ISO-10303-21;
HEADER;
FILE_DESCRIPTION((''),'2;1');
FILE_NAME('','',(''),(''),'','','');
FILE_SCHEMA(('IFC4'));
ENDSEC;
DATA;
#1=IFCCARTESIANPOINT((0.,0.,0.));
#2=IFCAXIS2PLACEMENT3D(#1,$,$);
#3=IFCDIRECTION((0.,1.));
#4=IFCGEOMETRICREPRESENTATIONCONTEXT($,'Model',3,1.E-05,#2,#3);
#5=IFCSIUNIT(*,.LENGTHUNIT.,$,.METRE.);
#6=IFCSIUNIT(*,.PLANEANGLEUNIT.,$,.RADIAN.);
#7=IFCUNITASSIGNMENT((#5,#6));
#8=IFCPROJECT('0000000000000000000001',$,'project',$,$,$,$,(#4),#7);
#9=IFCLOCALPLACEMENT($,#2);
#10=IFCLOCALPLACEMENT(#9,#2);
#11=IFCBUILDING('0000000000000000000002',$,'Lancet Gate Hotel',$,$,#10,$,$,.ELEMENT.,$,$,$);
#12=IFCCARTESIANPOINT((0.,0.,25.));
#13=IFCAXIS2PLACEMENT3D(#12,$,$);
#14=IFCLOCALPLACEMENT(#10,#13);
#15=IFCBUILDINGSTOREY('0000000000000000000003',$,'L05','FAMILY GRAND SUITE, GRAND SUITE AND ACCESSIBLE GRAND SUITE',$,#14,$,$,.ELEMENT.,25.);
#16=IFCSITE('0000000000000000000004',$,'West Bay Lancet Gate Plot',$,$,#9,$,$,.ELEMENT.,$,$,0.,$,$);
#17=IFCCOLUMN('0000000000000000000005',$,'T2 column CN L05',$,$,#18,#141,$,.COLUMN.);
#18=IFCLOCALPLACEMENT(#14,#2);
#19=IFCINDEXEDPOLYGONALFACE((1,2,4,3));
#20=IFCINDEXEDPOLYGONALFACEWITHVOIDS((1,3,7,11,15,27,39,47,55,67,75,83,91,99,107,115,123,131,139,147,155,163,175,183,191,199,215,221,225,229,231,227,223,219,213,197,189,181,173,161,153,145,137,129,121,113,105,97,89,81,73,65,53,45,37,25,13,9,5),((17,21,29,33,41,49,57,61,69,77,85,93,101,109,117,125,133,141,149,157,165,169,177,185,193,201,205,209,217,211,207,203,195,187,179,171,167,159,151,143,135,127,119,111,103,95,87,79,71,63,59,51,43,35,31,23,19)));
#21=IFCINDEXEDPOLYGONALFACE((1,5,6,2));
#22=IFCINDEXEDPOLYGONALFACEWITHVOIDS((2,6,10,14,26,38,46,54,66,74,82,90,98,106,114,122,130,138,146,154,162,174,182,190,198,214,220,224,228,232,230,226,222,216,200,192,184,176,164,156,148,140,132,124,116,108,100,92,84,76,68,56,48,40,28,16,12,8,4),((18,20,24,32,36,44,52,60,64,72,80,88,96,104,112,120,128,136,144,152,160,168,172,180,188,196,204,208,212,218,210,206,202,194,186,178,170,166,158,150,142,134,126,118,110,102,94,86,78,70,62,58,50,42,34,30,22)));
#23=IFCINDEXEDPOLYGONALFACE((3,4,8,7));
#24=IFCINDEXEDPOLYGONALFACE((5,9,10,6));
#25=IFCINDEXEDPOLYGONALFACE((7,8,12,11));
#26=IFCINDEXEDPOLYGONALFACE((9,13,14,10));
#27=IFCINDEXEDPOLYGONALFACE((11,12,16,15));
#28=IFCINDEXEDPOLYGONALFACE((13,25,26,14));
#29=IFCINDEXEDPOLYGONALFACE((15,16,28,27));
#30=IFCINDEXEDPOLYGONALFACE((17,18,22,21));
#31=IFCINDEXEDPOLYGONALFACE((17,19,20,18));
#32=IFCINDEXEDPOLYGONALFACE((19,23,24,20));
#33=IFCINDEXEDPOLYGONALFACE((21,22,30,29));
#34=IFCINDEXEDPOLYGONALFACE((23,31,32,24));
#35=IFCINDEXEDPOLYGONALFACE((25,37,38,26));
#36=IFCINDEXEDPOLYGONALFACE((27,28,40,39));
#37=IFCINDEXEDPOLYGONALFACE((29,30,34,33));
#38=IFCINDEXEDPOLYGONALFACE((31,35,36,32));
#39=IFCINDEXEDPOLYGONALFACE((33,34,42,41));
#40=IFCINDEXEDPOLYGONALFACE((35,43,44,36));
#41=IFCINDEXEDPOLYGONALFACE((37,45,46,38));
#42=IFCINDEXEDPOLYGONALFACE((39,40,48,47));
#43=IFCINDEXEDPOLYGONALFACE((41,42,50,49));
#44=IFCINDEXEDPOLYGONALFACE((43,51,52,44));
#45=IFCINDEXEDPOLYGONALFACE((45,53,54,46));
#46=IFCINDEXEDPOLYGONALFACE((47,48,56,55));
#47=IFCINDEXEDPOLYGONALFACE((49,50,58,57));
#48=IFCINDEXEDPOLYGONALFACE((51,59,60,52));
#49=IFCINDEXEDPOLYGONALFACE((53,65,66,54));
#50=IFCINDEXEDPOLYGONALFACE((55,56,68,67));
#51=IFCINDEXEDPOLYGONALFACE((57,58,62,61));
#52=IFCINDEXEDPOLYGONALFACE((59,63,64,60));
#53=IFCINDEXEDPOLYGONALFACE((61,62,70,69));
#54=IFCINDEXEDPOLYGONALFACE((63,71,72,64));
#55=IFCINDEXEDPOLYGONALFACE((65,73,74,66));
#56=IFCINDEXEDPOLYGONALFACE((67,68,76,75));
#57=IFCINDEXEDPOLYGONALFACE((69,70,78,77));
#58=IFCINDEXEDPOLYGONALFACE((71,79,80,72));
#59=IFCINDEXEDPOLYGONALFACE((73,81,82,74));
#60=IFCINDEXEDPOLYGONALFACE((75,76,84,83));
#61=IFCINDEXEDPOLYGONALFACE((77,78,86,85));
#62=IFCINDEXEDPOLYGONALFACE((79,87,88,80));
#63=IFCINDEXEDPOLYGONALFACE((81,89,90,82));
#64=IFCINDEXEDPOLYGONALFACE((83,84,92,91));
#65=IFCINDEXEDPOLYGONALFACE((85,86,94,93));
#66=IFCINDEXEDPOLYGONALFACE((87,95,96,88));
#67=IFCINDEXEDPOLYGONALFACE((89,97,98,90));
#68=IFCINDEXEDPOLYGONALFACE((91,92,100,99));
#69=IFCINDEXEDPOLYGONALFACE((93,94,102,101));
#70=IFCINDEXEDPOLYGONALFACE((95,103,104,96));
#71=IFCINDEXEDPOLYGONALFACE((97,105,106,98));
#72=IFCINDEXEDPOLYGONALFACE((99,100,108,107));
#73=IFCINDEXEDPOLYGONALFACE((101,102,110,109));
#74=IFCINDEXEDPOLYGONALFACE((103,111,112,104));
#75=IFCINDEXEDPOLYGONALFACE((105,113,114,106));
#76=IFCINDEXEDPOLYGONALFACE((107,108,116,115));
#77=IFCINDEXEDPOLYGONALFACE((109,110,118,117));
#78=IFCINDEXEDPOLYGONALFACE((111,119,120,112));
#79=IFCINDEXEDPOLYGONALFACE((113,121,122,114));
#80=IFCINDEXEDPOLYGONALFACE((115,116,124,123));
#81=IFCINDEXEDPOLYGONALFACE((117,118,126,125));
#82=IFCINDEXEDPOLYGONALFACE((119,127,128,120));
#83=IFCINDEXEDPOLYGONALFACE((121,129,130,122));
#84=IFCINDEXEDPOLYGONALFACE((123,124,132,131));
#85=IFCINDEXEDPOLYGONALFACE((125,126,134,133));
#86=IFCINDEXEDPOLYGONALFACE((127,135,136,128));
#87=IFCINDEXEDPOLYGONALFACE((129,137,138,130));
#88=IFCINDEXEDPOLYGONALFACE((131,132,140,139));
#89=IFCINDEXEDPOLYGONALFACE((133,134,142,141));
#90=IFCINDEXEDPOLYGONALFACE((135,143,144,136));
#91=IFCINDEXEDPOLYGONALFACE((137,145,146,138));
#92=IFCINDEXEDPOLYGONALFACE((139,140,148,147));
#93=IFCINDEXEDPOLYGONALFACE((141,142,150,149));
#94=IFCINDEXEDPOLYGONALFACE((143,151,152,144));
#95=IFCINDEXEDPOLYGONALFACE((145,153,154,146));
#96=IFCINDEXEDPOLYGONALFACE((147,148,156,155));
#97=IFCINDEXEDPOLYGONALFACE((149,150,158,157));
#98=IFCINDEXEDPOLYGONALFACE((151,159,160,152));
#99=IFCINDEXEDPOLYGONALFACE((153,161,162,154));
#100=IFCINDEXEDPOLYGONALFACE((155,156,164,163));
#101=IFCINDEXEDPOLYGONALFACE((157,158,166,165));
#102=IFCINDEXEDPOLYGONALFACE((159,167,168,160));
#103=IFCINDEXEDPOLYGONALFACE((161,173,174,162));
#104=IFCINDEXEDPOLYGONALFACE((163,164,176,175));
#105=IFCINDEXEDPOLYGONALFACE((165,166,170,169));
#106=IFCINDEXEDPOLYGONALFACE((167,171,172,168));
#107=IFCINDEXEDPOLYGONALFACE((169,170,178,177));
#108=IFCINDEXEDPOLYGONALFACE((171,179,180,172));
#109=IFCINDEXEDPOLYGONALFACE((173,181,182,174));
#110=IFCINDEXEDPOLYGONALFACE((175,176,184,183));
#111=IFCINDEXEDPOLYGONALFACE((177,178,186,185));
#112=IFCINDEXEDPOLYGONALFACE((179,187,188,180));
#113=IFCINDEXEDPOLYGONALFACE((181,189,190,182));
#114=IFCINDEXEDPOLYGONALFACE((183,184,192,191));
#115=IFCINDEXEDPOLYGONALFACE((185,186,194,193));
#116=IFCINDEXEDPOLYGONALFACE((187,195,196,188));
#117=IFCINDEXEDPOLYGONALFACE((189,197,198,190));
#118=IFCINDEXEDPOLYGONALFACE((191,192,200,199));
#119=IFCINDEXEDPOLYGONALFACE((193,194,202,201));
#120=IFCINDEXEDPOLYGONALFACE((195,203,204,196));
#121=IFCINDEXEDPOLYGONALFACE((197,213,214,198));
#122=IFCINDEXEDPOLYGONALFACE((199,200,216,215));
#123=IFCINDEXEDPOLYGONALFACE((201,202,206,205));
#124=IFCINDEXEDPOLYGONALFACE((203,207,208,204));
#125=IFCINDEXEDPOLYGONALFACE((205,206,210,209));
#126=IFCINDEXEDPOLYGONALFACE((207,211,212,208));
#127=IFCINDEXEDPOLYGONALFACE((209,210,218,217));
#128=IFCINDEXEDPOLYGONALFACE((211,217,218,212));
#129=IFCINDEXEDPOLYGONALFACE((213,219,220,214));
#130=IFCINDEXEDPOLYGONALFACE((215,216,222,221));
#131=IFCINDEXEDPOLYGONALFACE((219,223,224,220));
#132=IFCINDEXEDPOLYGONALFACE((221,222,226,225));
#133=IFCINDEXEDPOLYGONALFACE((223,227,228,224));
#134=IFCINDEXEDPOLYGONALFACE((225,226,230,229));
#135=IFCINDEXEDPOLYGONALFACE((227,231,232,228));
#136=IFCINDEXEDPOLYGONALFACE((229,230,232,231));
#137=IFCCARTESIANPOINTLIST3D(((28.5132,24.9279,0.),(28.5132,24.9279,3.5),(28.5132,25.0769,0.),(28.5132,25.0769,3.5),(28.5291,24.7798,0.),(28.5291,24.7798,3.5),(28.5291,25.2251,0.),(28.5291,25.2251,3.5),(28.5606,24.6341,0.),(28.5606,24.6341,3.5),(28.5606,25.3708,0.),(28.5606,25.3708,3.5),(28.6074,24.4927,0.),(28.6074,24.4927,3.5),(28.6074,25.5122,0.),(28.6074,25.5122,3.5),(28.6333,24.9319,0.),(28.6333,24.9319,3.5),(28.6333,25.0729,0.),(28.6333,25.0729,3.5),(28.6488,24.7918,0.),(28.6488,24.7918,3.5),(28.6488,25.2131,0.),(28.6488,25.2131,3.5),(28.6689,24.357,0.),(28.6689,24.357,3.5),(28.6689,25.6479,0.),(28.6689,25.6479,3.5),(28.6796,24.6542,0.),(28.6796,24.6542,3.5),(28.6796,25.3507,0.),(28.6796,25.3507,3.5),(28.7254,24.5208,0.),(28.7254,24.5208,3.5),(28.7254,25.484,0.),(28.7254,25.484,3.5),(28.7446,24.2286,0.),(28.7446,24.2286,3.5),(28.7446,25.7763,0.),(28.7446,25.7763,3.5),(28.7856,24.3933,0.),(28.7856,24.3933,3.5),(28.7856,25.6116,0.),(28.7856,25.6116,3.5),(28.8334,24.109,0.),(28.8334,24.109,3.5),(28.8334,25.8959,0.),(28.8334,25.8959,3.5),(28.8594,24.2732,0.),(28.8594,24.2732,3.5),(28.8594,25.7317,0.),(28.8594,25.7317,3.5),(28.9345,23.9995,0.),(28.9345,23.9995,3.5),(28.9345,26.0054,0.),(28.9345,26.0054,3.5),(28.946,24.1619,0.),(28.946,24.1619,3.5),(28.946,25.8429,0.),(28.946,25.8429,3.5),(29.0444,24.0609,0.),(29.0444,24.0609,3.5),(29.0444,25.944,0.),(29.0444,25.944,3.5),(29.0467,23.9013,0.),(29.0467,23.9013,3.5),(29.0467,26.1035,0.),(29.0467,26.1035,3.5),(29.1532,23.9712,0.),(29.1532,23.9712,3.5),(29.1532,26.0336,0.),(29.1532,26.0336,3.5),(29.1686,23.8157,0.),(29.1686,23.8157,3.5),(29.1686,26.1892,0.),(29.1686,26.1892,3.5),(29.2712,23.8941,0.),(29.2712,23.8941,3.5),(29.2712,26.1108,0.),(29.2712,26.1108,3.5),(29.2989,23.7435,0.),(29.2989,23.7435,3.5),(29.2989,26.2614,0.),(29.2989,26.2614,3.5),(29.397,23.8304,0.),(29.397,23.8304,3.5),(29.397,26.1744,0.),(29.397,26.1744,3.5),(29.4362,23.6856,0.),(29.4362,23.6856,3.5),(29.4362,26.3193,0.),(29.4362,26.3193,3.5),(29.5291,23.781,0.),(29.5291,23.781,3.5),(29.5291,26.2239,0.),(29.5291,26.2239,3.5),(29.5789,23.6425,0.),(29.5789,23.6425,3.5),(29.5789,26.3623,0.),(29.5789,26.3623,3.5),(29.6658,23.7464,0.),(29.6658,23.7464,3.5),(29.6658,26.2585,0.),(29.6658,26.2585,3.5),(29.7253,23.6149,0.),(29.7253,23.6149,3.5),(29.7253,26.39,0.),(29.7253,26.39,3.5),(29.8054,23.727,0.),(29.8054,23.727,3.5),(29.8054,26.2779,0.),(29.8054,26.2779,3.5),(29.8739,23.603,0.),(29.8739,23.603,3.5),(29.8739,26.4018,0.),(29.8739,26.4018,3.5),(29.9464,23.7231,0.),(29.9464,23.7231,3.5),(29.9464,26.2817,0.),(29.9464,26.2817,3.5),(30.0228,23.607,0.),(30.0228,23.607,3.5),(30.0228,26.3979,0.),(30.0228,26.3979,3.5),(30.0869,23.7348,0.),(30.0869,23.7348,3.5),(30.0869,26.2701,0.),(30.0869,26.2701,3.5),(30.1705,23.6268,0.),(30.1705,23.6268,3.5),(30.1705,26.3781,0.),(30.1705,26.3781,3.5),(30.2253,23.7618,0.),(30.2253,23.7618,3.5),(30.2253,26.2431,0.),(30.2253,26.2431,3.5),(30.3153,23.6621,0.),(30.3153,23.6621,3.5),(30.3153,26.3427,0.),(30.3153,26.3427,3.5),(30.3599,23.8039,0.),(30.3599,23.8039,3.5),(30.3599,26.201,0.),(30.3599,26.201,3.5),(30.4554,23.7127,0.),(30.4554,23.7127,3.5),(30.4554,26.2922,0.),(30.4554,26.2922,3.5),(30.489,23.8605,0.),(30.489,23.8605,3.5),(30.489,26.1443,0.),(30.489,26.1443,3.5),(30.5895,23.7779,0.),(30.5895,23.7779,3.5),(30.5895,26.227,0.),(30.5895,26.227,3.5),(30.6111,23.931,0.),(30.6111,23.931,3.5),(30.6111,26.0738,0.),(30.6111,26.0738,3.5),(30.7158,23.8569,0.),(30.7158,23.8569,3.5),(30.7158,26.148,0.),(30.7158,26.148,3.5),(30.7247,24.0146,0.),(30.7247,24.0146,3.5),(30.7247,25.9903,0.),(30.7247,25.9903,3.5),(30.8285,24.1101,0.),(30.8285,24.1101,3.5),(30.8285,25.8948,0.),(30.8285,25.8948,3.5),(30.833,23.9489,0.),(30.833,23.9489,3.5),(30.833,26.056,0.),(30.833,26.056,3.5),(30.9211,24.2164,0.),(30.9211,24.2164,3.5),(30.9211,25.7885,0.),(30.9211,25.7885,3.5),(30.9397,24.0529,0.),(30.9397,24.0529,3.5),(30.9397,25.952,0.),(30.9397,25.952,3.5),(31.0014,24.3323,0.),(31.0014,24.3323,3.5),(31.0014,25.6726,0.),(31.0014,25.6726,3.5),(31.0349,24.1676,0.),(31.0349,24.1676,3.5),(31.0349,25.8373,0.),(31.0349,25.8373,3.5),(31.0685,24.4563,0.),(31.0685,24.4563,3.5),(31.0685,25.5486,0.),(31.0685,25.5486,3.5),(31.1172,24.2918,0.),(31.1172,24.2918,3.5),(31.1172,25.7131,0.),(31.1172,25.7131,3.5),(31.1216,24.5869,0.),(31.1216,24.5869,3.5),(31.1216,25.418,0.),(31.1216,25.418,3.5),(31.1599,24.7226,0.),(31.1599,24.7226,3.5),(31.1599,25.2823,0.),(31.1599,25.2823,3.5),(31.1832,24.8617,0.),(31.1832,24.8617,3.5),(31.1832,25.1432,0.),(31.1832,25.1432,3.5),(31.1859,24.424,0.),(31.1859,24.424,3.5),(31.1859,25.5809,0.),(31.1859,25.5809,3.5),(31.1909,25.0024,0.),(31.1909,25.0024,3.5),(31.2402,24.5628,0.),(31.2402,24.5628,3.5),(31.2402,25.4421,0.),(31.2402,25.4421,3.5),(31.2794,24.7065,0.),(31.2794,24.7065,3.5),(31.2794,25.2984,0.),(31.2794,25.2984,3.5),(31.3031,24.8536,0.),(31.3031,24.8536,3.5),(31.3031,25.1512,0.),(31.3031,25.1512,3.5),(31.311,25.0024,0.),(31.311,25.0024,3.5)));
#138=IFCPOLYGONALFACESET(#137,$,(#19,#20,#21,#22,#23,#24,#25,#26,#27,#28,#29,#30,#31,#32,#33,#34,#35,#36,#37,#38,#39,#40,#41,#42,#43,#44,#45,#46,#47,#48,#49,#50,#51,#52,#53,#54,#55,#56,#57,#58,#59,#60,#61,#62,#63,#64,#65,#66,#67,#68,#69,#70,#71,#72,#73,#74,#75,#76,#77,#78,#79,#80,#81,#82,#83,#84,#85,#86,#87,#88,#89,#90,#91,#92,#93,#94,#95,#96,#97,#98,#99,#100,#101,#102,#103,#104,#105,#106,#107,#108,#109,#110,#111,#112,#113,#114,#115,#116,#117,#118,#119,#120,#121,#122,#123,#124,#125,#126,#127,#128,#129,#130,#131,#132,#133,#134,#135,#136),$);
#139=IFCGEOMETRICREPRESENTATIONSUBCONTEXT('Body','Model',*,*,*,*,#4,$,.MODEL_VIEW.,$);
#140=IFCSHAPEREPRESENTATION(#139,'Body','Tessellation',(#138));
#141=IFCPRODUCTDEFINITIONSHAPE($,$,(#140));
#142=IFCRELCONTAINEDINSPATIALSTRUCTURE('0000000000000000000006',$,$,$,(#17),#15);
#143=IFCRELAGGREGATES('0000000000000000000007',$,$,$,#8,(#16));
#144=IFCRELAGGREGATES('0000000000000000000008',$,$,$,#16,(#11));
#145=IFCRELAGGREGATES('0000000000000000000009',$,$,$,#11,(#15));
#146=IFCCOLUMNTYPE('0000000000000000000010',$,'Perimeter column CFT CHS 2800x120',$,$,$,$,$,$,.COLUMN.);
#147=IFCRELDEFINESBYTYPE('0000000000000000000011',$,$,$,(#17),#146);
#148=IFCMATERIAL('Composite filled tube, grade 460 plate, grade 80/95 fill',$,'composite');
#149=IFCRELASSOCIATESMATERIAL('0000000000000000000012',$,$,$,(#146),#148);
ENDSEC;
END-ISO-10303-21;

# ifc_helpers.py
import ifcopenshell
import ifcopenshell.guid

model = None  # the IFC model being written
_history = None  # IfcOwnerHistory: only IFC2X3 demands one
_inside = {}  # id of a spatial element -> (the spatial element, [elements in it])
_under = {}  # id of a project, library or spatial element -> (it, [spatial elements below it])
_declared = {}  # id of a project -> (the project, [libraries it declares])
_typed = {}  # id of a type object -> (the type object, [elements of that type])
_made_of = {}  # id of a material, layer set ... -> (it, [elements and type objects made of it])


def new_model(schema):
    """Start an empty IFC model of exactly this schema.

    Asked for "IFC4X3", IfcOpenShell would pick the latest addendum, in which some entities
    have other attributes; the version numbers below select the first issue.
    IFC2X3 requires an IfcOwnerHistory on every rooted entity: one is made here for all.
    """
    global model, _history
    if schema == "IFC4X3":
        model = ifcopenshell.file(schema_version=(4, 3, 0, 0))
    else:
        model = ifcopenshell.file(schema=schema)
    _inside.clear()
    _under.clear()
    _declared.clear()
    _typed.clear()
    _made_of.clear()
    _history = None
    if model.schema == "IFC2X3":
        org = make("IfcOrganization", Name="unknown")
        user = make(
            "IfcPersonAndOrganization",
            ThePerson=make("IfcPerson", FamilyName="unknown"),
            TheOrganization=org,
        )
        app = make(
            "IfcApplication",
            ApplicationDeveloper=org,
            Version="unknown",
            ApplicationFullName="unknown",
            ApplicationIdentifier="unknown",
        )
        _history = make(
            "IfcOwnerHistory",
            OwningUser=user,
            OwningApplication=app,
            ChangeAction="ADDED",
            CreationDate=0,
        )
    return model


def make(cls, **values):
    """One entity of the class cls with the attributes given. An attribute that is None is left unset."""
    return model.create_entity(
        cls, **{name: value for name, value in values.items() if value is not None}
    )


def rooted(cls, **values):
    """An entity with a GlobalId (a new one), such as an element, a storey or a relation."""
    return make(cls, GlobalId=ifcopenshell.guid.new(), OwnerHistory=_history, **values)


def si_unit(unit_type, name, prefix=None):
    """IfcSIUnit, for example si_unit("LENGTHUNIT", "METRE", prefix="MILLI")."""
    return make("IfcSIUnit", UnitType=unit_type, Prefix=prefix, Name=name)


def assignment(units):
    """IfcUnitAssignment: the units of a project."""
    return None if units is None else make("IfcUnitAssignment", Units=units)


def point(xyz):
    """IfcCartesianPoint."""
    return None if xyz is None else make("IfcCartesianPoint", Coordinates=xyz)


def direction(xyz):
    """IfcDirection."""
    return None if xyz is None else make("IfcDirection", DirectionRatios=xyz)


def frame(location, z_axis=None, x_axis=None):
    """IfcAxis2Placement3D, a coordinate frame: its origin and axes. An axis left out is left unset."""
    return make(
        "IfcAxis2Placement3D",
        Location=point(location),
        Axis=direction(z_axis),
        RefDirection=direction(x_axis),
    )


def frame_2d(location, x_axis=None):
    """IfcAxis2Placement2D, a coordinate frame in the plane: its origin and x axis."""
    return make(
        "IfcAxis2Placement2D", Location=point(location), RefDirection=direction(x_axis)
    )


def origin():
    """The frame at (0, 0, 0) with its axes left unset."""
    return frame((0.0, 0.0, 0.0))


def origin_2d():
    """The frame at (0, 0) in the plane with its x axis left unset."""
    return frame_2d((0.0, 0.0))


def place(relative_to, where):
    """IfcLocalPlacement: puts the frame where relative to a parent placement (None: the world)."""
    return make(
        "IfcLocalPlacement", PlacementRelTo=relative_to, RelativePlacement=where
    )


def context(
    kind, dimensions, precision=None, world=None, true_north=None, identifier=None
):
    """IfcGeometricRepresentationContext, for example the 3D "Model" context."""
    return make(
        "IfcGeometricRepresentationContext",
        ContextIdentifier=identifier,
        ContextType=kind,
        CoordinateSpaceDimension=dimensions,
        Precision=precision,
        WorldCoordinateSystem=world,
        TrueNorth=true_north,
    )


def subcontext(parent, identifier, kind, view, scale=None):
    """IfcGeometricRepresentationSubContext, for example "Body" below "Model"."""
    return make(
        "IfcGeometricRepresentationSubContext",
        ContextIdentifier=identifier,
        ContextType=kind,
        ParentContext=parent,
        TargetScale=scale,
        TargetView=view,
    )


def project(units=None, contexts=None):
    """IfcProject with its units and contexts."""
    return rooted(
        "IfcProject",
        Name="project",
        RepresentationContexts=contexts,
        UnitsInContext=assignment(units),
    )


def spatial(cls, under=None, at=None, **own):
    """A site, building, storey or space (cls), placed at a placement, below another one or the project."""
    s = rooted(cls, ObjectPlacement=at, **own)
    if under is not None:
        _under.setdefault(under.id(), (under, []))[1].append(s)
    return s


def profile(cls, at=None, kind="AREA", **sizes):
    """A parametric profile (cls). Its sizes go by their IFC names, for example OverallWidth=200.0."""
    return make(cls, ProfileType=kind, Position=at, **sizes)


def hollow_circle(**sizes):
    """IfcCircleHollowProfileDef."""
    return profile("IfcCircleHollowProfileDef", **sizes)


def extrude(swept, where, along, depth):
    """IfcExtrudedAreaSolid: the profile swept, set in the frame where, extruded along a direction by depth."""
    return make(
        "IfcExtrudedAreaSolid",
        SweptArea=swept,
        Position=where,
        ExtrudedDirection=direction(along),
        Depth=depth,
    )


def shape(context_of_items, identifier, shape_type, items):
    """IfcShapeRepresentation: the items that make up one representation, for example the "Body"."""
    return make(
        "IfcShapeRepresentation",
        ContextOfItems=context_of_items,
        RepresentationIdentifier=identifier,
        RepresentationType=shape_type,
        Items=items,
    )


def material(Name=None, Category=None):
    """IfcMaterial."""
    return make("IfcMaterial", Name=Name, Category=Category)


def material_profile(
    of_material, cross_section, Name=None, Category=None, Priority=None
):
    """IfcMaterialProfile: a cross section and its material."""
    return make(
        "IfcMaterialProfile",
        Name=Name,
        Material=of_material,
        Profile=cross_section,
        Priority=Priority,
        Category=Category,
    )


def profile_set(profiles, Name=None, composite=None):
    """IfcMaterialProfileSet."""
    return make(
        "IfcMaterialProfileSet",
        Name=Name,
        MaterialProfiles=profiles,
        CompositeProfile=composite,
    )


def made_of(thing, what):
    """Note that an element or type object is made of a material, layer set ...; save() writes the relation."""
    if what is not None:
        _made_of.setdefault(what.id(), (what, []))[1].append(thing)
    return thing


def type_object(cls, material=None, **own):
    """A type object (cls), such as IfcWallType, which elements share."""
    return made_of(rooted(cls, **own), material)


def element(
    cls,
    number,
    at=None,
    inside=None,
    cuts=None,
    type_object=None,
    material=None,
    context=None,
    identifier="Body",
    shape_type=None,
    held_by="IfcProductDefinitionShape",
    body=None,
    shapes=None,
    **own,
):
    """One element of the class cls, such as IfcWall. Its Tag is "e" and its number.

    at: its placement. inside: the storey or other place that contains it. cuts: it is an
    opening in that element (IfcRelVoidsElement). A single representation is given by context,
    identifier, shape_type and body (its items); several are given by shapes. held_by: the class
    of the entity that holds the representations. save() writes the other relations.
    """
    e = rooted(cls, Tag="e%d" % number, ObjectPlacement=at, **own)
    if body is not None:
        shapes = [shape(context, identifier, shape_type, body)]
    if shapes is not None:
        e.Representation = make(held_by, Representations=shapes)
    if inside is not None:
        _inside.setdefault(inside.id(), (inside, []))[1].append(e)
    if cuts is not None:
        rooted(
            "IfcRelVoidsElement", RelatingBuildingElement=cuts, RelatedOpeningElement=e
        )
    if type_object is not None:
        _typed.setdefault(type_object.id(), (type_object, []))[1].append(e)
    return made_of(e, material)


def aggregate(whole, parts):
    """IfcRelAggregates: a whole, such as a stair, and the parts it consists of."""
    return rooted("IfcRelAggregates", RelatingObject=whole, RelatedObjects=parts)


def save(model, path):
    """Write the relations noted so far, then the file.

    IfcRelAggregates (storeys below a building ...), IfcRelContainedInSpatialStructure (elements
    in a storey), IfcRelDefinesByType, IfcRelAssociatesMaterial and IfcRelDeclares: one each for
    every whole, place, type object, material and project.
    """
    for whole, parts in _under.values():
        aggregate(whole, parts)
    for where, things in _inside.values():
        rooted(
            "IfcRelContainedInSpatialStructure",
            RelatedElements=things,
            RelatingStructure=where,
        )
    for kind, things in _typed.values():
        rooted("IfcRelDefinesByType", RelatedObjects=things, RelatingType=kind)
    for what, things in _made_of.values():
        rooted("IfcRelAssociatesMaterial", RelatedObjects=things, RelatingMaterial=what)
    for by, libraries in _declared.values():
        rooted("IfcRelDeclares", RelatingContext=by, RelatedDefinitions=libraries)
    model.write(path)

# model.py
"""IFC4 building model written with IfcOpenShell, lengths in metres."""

from ifc_helpers import new_model, si_unit, direction, frame, origin, origin_2d, place, context, subcontext, project, spatial, hollow_circle, extrude, material, material_profile, profile_set, type_object, element, save


model = new_model("IFC4")

# Units and contexts
model_context = context("Model", 3, precision=1e-05, world=origin(), true_north=direction((0.0, 1.0)))
body_context = subcontext(model_context, "Body", "Model", "MODEL_VIEW")
ifc_project = project(units=[si_unit("LENGTHUNIT", "METRE"), si_unit("PLANEANGLEUNIT", "RADIAN")], contexts=[model_context])

# Site, building, storey
site_placement = place(None, origin())
site = spatial("IfcSite", under=ifc_project, at=site_placement, Name="West Bay Lancet Gate Plot", CompositionType="ELEMENT", RefElevation=0.0)
building_placement = place(site_placement, origin())
building = spatial("IfcBuilding", under=site, at=building_placement, Name="Lancet Gate Hotel", CompositionType="ELEMENT")
storey_placement = place(building_placement, frame((0.0, 0.0, 25.0)))
storey = spatial("IfcBuildingStorey", under=building, at=storey_placement, Name="L05", Description="FAMILY GRAND SUITE, GRAND SUITE AND ACCESSIBLE GRAND SUITE", CompositionType="ELEMENT", Elevation=25.0)

# Column
ifc_material_1 = material(Name="Composite filled tube, grade 460 plate, grade 80/95 fill", Category="composite")
ifc_material_profile_1 = material_profile(ifc_material_1, hollow_circle(Radius=1.3999, WallThickness=0.1201, at=origin_2d()), Name="CHS 2800x120")
ifc_profile_set_1 = profile_set([ifc_material_profile_1], Name="Composite filled tube, grade 460 plate, grade 80/95 fill")
column_type = type_object("IfcColumnType", Name="Perimeter column CFT CHS 2800x120", PredefinedType="COLUMN", material=ifc_profile_set_1)
for number, where, z_axis, x_axis, name in (
    (1, (29.9111, 25.0024, 0.0), (0.0, 0.0, 1.0), (1.0, 0.0, 0.0), "T2 column CN L05"),
):
    element("IfcColumn", number, at=place(storey_placement, frame(where, z_axis=z_axis, x_axis=x_axis)), inside=storey, type_object=column_type, Name=name, PredefinedType="COLUMN", context=body_context, shape_type="SweptSolid", body=[
        extrude(hollow_circle(Radius=1.3999, WallThickness=0.1201, at=origin_2d()), origin(), (0.0, 0.0, 1.0), 3.5),
    ])

save(model, "model.ifc")
